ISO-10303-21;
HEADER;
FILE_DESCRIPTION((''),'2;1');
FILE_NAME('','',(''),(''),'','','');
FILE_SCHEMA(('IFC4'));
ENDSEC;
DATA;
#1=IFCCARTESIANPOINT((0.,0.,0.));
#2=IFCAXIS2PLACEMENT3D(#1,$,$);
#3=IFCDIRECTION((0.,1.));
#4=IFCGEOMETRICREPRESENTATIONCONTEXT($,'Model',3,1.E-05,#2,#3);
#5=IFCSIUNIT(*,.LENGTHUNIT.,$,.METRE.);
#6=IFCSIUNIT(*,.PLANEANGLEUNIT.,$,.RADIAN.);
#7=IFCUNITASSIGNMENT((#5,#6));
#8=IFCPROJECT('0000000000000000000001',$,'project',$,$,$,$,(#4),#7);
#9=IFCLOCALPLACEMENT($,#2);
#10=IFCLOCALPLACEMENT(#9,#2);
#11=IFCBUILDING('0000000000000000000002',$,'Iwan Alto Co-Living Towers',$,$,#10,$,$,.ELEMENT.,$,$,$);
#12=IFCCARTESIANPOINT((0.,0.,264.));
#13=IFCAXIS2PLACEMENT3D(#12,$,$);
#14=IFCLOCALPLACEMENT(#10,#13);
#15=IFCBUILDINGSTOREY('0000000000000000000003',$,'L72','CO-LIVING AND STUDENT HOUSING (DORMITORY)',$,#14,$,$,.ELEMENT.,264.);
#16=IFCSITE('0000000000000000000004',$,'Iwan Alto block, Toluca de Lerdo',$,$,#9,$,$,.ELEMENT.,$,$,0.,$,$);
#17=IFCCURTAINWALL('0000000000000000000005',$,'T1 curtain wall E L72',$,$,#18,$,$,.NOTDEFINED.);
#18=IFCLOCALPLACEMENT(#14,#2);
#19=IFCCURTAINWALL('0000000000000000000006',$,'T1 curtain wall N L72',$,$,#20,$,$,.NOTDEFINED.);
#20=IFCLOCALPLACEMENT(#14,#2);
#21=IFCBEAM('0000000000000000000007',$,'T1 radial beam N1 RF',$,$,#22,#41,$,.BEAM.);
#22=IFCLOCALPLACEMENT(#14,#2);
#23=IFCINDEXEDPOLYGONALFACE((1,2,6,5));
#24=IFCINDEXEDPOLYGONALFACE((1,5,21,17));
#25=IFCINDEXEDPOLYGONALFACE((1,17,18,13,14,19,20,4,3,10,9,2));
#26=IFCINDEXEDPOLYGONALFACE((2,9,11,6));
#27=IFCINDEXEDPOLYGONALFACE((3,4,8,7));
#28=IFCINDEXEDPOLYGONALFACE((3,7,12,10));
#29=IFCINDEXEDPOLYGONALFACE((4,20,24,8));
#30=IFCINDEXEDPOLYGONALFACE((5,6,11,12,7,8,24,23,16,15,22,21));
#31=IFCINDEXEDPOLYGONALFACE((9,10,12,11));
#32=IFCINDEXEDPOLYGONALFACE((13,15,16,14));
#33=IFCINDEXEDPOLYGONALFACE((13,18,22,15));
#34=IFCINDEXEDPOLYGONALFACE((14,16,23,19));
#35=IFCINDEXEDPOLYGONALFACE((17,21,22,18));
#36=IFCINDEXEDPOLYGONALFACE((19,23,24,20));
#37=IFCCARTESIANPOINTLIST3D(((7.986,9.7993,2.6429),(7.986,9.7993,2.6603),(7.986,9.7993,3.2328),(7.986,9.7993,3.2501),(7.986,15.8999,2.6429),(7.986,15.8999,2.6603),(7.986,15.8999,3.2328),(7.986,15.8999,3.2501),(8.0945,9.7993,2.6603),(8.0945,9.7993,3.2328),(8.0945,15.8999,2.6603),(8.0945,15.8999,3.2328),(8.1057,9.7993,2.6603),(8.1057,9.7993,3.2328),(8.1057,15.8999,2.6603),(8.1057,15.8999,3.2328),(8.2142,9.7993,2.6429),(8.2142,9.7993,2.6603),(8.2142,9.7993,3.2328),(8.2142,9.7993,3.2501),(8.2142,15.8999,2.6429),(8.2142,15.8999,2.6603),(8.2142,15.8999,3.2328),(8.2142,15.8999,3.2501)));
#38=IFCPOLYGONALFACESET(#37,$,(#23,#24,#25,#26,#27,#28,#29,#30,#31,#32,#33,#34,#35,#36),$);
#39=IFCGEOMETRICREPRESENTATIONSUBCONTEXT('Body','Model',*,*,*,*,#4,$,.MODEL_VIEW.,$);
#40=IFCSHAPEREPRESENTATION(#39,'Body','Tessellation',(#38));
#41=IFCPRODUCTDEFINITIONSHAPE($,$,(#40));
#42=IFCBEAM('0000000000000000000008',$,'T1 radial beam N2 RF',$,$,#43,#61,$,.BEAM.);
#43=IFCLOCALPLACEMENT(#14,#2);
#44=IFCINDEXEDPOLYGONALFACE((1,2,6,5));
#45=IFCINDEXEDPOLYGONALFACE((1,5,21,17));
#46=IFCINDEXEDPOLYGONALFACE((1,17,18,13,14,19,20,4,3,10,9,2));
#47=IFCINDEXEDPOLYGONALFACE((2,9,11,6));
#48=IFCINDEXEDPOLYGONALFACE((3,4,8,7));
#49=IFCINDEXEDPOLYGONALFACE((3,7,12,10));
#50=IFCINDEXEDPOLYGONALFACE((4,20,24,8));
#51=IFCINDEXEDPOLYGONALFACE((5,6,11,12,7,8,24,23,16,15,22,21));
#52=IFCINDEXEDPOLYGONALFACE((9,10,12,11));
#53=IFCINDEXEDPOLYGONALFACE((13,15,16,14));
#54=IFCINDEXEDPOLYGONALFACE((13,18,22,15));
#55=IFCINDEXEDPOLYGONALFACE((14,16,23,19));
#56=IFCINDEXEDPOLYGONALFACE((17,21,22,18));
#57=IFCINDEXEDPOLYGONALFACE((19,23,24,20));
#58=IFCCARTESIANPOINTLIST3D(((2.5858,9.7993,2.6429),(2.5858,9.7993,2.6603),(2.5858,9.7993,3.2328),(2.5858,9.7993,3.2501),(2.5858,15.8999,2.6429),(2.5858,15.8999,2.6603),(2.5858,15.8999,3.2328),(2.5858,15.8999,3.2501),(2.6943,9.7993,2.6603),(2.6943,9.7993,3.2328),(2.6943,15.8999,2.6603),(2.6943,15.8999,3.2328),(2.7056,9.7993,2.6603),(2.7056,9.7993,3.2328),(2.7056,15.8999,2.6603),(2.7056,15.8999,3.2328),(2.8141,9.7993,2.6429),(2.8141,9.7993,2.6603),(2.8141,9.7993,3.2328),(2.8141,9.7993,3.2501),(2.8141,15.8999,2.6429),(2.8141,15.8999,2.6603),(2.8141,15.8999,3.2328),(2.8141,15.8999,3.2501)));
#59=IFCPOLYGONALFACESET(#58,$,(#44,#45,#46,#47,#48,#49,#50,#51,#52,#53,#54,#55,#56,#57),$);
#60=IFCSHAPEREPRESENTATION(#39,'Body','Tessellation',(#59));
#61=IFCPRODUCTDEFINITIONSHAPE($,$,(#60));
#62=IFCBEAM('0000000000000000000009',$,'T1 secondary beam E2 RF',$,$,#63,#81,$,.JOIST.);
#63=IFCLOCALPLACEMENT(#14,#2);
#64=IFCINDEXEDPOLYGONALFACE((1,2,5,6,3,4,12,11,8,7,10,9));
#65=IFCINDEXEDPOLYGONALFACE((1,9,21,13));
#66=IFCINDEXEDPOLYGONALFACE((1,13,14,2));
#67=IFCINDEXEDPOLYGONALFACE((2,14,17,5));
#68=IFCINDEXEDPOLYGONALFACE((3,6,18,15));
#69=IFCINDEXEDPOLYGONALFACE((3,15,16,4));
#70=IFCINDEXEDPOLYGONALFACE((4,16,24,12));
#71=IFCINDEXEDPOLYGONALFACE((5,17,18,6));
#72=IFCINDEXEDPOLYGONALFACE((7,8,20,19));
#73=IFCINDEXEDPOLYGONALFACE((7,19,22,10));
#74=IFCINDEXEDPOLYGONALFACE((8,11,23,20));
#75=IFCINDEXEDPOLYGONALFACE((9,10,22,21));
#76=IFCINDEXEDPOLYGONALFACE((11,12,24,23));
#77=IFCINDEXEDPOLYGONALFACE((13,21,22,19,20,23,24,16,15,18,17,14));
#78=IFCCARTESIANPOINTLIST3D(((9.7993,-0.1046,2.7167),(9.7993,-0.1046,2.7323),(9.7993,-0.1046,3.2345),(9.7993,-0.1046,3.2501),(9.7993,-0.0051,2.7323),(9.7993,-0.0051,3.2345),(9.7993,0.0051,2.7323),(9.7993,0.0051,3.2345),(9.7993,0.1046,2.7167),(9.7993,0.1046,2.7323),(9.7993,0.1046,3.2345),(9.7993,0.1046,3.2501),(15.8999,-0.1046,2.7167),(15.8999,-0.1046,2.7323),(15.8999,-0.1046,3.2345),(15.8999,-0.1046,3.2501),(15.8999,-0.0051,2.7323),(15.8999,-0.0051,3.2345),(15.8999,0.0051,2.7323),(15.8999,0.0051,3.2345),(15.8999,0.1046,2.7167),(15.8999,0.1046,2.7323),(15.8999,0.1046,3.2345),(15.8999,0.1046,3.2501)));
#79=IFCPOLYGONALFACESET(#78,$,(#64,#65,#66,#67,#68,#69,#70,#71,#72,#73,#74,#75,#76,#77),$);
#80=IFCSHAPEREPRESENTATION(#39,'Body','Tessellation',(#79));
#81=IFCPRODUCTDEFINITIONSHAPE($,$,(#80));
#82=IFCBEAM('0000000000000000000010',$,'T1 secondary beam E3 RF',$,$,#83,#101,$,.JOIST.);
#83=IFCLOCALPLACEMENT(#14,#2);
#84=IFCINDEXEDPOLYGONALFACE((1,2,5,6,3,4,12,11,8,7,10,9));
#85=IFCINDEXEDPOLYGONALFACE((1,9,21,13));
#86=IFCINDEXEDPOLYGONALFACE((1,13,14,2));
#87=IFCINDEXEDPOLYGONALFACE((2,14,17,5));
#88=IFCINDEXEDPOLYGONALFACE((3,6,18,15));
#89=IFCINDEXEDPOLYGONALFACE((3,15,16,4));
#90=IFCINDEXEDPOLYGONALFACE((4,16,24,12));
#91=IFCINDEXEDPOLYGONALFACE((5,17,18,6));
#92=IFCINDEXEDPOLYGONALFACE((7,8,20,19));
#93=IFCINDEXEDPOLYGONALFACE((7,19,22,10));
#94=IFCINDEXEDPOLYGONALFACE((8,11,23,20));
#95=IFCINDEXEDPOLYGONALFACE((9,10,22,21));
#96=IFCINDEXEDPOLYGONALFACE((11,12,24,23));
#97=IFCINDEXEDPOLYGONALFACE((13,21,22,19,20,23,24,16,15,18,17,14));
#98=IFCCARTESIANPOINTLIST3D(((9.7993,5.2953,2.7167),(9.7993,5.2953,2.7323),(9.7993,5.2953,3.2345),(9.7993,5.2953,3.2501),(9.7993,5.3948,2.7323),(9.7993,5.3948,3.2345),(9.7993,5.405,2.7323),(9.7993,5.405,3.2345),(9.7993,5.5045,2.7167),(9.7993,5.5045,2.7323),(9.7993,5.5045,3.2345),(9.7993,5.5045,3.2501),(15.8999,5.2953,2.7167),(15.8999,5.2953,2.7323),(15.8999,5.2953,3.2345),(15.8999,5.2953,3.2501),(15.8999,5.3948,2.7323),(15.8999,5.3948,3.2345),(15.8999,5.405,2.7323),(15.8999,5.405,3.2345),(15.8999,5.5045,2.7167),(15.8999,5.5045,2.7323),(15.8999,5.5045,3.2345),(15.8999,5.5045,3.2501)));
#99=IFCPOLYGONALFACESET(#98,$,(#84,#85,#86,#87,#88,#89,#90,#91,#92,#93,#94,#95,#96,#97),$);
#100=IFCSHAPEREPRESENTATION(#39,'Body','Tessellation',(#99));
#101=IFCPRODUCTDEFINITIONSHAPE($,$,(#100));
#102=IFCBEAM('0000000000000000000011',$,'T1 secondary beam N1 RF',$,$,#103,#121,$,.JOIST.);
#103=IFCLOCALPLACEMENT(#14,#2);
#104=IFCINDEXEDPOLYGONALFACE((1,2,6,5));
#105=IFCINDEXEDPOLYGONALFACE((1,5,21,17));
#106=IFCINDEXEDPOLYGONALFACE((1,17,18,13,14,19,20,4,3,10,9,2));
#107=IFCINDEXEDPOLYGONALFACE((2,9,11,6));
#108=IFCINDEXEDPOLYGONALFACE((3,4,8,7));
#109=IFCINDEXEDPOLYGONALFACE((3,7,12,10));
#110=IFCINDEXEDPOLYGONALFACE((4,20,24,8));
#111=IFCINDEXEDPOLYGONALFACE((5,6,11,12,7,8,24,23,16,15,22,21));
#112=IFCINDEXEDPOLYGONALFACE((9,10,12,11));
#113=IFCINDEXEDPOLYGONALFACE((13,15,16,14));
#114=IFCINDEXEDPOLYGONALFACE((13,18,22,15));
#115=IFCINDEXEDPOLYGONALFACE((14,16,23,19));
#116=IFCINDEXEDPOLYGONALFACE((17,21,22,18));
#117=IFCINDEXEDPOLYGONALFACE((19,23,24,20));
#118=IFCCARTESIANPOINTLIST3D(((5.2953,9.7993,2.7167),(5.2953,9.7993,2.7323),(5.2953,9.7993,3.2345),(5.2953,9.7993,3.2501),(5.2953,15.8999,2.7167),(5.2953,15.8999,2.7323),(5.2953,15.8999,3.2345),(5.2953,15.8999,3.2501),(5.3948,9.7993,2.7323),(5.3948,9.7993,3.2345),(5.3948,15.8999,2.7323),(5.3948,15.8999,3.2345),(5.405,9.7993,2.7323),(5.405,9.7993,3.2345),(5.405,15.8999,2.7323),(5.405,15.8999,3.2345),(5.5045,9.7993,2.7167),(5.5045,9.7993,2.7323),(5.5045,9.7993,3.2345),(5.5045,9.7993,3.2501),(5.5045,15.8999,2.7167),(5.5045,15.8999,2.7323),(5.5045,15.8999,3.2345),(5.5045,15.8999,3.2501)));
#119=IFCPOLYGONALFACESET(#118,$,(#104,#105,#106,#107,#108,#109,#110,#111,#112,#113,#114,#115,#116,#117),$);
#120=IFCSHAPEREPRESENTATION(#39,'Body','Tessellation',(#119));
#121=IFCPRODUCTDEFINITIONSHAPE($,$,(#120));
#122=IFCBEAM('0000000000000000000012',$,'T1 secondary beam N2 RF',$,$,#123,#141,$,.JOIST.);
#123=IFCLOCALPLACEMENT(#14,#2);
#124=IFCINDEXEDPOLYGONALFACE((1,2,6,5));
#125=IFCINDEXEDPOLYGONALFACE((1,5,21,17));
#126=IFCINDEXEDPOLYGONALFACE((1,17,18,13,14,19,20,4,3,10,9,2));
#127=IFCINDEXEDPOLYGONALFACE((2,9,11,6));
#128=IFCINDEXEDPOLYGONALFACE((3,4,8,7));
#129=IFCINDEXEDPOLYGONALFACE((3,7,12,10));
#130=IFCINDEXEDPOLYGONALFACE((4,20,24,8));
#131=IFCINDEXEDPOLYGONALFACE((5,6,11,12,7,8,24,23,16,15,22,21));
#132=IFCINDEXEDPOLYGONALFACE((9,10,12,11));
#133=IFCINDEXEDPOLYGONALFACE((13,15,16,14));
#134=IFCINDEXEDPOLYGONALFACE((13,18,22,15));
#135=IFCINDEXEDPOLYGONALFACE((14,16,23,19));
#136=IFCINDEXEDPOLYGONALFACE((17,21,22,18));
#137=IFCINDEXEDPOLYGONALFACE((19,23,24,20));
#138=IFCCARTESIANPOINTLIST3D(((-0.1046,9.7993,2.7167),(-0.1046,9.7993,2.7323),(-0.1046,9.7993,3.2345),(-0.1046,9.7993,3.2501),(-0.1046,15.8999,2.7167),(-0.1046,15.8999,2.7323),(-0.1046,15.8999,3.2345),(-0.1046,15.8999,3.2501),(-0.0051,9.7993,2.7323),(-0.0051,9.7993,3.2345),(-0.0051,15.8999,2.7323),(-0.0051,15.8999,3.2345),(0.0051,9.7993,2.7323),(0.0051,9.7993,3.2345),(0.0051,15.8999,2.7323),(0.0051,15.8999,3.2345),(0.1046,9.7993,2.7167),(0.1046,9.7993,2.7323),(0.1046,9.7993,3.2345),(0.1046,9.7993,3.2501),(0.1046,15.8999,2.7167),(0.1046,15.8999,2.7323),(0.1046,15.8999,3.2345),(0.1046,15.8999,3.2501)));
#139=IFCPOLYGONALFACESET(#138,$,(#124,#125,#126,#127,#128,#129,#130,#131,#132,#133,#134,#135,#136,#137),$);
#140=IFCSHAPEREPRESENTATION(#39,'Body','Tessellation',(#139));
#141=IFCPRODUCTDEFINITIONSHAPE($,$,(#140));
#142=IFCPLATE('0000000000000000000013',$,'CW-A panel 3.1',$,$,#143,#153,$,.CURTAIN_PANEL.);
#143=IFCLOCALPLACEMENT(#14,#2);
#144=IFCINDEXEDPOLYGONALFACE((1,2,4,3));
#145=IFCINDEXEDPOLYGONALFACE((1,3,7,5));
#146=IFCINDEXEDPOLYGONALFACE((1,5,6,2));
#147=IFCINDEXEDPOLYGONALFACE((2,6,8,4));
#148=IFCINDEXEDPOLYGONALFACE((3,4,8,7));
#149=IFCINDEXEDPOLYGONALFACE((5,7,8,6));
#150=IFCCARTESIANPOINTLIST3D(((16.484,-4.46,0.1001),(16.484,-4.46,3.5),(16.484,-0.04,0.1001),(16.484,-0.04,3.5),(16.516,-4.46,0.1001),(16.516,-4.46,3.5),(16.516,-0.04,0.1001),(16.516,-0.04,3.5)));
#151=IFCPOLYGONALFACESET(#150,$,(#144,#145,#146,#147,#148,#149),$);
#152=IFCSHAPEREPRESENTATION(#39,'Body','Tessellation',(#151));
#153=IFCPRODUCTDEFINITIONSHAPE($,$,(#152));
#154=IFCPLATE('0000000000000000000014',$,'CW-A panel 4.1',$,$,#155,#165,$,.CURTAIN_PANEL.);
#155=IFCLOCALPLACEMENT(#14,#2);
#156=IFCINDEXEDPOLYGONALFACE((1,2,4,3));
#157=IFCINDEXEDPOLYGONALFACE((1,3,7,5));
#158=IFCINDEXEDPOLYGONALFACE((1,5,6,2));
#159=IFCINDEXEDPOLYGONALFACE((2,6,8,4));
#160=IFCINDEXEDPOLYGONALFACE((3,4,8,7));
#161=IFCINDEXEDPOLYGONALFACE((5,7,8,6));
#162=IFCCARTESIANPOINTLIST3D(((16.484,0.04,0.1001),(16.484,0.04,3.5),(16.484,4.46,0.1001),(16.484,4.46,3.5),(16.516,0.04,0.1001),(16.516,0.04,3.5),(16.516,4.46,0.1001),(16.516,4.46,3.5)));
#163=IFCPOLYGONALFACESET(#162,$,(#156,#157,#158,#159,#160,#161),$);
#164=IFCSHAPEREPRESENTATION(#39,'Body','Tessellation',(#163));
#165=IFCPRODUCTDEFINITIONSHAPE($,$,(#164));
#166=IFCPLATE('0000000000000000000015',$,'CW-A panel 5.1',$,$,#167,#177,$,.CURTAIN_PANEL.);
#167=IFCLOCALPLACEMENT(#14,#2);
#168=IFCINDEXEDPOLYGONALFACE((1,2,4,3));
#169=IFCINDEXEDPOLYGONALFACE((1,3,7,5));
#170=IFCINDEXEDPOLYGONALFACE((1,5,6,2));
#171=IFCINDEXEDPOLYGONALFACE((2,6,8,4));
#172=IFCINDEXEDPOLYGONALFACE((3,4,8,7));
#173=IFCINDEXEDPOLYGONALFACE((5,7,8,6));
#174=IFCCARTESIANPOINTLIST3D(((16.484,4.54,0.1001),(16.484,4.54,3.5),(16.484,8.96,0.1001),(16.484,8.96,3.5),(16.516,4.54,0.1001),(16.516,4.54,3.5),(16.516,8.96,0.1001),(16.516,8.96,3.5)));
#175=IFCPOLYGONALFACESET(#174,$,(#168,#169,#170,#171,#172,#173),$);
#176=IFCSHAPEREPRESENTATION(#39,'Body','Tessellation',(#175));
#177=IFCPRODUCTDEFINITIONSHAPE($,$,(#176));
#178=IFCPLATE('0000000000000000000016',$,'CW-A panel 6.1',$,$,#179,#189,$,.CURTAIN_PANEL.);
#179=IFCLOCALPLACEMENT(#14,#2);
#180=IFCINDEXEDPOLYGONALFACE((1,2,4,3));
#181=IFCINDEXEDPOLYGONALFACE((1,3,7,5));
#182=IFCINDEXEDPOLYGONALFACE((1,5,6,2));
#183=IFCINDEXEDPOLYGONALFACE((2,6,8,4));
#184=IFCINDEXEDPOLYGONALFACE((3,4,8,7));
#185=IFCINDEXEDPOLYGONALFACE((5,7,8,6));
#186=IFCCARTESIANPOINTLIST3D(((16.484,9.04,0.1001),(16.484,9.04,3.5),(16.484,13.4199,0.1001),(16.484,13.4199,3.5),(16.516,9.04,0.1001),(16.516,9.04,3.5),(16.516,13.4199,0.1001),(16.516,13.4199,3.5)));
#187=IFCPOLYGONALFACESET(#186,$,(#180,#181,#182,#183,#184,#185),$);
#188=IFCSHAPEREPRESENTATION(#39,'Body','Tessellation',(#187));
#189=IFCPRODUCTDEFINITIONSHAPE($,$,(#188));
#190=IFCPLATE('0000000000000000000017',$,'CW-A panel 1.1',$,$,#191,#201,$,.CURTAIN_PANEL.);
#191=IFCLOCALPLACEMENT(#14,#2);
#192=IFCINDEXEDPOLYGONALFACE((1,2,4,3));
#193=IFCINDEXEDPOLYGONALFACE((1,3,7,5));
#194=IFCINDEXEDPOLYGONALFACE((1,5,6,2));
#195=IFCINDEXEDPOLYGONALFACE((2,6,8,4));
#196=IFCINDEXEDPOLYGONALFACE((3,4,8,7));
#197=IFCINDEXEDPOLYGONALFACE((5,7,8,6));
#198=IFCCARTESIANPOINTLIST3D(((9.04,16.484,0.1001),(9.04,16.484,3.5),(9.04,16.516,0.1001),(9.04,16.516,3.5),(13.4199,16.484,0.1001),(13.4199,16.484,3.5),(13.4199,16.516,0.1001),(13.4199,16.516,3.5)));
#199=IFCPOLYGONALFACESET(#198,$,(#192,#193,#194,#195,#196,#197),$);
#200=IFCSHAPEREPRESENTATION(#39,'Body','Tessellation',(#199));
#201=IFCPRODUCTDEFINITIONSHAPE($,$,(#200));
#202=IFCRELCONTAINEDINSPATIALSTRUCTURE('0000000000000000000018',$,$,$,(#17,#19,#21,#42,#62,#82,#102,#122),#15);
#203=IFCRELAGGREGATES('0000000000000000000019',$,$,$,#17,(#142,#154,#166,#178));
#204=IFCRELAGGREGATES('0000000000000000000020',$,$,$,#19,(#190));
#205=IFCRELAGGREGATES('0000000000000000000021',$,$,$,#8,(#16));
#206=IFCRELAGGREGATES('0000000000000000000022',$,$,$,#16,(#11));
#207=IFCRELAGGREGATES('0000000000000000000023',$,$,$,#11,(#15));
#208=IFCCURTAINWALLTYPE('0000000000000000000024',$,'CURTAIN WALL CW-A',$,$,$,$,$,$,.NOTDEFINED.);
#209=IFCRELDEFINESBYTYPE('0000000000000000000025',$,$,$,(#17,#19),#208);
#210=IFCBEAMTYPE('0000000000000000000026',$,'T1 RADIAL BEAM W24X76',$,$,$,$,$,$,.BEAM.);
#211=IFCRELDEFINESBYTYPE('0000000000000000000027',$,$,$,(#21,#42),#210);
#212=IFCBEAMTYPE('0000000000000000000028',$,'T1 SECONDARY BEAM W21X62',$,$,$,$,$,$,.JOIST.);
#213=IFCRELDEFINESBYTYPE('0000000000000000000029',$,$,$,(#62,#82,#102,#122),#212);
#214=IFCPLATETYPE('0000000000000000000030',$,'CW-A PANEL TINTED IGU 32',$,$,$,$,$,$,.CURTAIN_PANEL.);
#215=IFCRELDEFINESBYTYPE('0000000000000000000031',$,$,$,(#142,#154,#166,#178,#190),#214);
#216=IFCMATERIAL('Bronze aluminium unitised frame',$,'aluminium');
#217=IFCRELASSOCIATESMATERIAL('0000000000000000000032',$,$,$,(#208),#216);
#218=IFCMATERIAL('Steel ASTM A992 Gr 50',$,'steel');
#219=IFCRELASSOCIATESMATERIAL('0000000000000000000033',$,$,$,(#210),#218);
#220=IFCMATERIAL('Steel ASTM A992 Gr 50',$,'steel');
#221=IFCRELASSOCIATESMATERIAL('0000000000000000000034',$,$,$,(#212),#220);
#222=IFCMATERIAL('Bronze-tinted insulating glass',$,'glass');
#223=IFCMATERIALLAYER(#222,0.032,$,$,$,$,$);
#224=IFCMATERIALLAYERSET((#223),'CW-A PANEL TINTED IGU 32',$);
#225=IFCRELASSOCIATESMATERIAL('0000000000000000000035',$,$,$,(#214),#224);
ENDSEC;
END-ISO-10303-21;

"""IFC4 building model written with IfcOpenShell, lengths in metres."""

from ifc_helpers import new_model, si_unit, direction, frame, origin, origin_2d, place, context, subcontext, project, spatial, rectangle, i_section, extrude, material, layer, layer_set, material_profile, profile_set, type_object, element, aggregate, save


model = new_model("IFC4")

# Units and contexts
model_context = context("Model", 3, precision=1e-05, world=origin(), true_north=direction((0.0, 1.0)))
body_context = subcontext(model_context, "Body", "Model", "MODEL_VIEW")
ifc_project = project(units=[si_unit("LENGTHUNIT", "METRE"), si_unit("PLANEANGLEUNIT", "RADIAN")], contexts=[model_context])

# Site, building, storey
site_placement = place(None, origin())
site = spatial("IfcSite", under=ifc_project, at=site_placement, Name="Iwan Alto block, Toluca de Lerdo", CompositionType="ELEMENT", RefElevation=0.0)
building_placement = place(site_placement, origin())
building = spatial("IfcBuilding", under=site, at=building_placement, Name="Iwan Alto Co-Living Towers", CompositionType="ELEMENT")
storey_placement = place(building_placement, frame((0.0, 0.0, 264.0)))
storey = spatial("IfcBuildingStorey", under=building, at=storey_placement, Name="L72", Description="CO-LIVING AND STUDENT HOUSING (DORMITORY)", CompositionType="ELEMENT", Elevation=264.0)

# Curtain walls
ifc_material_1 = material(Name="Bronze aluminium unitised frame", Category="aluminium")
curtain_wall_type_1 = type_object("IfcCurtainWallType", Name="CURTAIN WALL CW-A", PredefinedType="NOTDEFINED", material=ifc_material_1)
curtain_wall_1_placement = place(storey_placement, origin())
curtain_wall_1 = element("IfcCurtainWall", 1, at=curtain_wall_1_placement, inside=storey, type_object=curtain_wall_type_1, Name="T1 curtain wall E L72", PredefinedType="NOTDEFINED")
curtain_wall_2_placement = place(storey_placement, origin())
curtain_wall_2 = element("IfcCurtainWall", 2, at=curtain_wall_2_placement, inside=storey, type_object=curtain_wall_type_1, Name="T1 curtain wall N L72", PredefinedType="NOTDEFINED")

# Beams
ifc_material_2 = material(Name="Steel ASTM A992 Gr 50", Category="steel")
ifc_material_profile_1 = material_profile(ifc_material_2, i_section(OverallWidth=0.2283, OverallDepth=0.6072, WebThickness=0.0112, FlangeThickness=0.0173, at=origin_2d()), Name="W24X76")
ifc_profile_set_1 = profile_set([ifc_material_profile_1], Name="Steel ASTM A992 Gr 50")
beam_type_1 = type_object("IfcBeamType", Name="T1 RADIAL BEAM W24X76", PredefinedType="BEAM", material=ifc_profile_set_1)
for number, where, z_axis, x_axis, name in (
    (3, (8.1001, 15.8999, 2.9465), (0.0, -1.0, 0.0), (1.0, 0.0, 0.0), "T1 radial beam N1 RF"),
    (4, (2.7, 15.8999, 2.9465), (0.0, -1.0, 0.0), (1.0, 0.0, 0.0), "T1 radial beam N2 RF"),
):
    element("IfcBeam", number, at=place(storey_placement, frame(where, z_axis=z_axis, x_axis=x_axis)), inside=storey, type_object=beam_type_1, Name=name, PredefinedType="BEAM", context=body_context, shape_type="SweptSolid", body=[
        extrude(i_section(OverallWidth=0.2283, OverallDepth=0.6072, WebThickness=0.0112, FlangeThickness=0.0173, at=origin_2d()), origin(), (0.0, 0.0, 1.0), 6.1006),
    ])
ifc_material_3 = material(Name="Steel ASTM A992 Gr 50", Category="steel")
ifc_material_profile_2 = material_profile(ifc_material_3, i_section(OverallWidth=0.2092, OverallDepth=0.5334, WebThickness=0.0103, FlangeThickness=0.0156, at=origin_2d()), Name="W21X62")
ifc_profile_set_2 = profile_set([ifc_material_profile_2], Name="Steel ASTM A992 Gr 50")
beam_type_2 = type_object("IfcBeamType", Name="T1 SECONDARY BEAM W21X62", PredefinedType="JOIST", material=ifc_profile_set_2)
for number, where, z_axis, x_axis, name in (
    (5, (15.8999, 0.0, 2.9834), (-1.0, 0.0, 0.0), (0.0, -1.0, 0.0), "T1 secondary beam E2 RF"),
    (6, (15.8999, 5.3999, 2.9834), (-1.0, 0.0, 0.0), (0.0, -1.0, 0.0), "T1 secondary beam E3 RF"),
    (7, (5.3999, 15.8999, 2.9834), (0.0, -1.0, 0.0), (1.0, 0.0, 0.0), "T1 secondary beam N1 RF"),
    (8, (0.0, 15.8999, 2.9834), (0.0, -1.0, 0.0), (1.0, 0.0, 0.0), "T1 secondary beam N2 RF"),
):
    element("IfcBeam", number, at=place(storey_placement, frame(where, z_axis=z_axis, x_axis=x_axis)), inside=storey, type_object=beam_type_2, Name=name, PredefinedType="JOIST", context=body_context, shape_type="SweptSolid", body=[
        extrude(i_section(OverallWidth=0.2092, OverallDepth=0.5334, WebThickness=0.0103, FlangeThickness=0.0156, at=origin_2d()), origin(), (0.0, 0.0, 1.0), 6.1006),
    ])

# Plates
ifc_material_4 = material(Name="Bronze-tinted insulating glass", Category="glass")
ifc_layer_1 = layer(ifc_material_4, 0.032)
ifc_layer_set_1 = layer_set([ifc_layer_1], Name="CW-A PANEL TINTED IGU 32")
plate_type_1 = type_object("IfcPlateType", Name="CW-A PANEL TINTED IGU 32", PredefinedType="CURTAIN_PANEL", material=ifc_layer_set_1)
plate_1_placement = place(storey_placement, frame((16.5, -2.25, 0.1001), z_axis=(0.0, 0.0, 1.0), x_axis=(0.0, 1.0, 0.0)))
plate_1 = element("IfcPlate", 9, at=plate_1_placement, type_object=plate_type_1, Name="CW-A panel 3.1", PredefinedType="CURTAIN_PANEL", context=body_context, shape_type="SweptSolid", body=[
    extrude(rectangle(XDim=4.4199, YDim=0.032, at=origin_2d()), origin(), (0.0, 0.0, 1.0), 3.3999),
])
plate_2_placement = place(storey_placement, frame((16.5, 2.25, 0.1001), z_axis=(0.0, 0.0, 1.0), x_axis=(0.0, 1.0, 0.0)))
plate_2 = element("IfcPlate", 10, at=plate_2_placement, type_object=plate_type_1, Name="CW-A panel 4.1", PredefinedType="CURTAIN_PANEL", context=body_context, shape_type="SweptSolid", body=[
    extrude(rectangle(XDim=4.4199, YDim=0.032, at=origin_2d()), origin(), (0.0, 0.0, 1.0), 3.3999),
])
plate_3_placement = place(storey_placement, frame((16.5, 6.75, 0.1001), z_axis=(0.0, 0.0, 1.0), x_axis=(0.0, 1.0, 0.0)))
plate_3 = element("IfcPlate", 11, at=plate_3_placement, type_object=plate_type_1, Name="CW-A panel 5.1", PredefinedType="CURTAIN_PANEL", context=body_context, shape_type="SweptSolid", body=[
    extrude(rectangle(XDim=4.4199, YDim=0.032, at=origin_2d()), origin(), (0.0, 0.0, 1.0), 3.3999),
])
plate_4_placement = place(storey_placement, frame((16.5, 11.23, 0.1001), z_axis=(0.0, 0.0, 1.0), x_axis=(0.0, 1.0, 0.0)))
plate_4 = element("IfcPlate", 12, at=plate_4_placement, type_object=plate_type_1, Name="CW-A panel 6.1", PredefinedType="CURTAIN_PANEL", context=body_context, shape_type="SweptSolid", body=[
    extrude(rectangle(XDim=4.3799, YDim=0.032, at=origin_2d()), origin(), (0.0, 0.0, 1.0), 3.3999),
])
aggregate(curtain_wall_1, [plate_1, plate_2, plate_3, plate_4])
plate_5_placement = place(storey_placement, frame((11.23, 16.5, 0.1001), z_axis=(0.0, 0.0, 1.0), x_axis=(-1.0, 0.0, 0.0)))
plate_5 = element("IfcPlate", 13, at=plate_5_placement, type_object=plate_type_1, Name="CW-A panel 1.1", PredefinedType="CURTAIN_PANEL", context=body_context, shape_type="SweptSolid", body=[
    extrude(rectangle(XDim=4.3799, YDim=0.032, at=origin_2d()), origin(), (0.0, 0.0, 1.0), 3.3999),
])
aggregate(curtain_wall_2, [plate_5])

save(model, "model.ifc")
